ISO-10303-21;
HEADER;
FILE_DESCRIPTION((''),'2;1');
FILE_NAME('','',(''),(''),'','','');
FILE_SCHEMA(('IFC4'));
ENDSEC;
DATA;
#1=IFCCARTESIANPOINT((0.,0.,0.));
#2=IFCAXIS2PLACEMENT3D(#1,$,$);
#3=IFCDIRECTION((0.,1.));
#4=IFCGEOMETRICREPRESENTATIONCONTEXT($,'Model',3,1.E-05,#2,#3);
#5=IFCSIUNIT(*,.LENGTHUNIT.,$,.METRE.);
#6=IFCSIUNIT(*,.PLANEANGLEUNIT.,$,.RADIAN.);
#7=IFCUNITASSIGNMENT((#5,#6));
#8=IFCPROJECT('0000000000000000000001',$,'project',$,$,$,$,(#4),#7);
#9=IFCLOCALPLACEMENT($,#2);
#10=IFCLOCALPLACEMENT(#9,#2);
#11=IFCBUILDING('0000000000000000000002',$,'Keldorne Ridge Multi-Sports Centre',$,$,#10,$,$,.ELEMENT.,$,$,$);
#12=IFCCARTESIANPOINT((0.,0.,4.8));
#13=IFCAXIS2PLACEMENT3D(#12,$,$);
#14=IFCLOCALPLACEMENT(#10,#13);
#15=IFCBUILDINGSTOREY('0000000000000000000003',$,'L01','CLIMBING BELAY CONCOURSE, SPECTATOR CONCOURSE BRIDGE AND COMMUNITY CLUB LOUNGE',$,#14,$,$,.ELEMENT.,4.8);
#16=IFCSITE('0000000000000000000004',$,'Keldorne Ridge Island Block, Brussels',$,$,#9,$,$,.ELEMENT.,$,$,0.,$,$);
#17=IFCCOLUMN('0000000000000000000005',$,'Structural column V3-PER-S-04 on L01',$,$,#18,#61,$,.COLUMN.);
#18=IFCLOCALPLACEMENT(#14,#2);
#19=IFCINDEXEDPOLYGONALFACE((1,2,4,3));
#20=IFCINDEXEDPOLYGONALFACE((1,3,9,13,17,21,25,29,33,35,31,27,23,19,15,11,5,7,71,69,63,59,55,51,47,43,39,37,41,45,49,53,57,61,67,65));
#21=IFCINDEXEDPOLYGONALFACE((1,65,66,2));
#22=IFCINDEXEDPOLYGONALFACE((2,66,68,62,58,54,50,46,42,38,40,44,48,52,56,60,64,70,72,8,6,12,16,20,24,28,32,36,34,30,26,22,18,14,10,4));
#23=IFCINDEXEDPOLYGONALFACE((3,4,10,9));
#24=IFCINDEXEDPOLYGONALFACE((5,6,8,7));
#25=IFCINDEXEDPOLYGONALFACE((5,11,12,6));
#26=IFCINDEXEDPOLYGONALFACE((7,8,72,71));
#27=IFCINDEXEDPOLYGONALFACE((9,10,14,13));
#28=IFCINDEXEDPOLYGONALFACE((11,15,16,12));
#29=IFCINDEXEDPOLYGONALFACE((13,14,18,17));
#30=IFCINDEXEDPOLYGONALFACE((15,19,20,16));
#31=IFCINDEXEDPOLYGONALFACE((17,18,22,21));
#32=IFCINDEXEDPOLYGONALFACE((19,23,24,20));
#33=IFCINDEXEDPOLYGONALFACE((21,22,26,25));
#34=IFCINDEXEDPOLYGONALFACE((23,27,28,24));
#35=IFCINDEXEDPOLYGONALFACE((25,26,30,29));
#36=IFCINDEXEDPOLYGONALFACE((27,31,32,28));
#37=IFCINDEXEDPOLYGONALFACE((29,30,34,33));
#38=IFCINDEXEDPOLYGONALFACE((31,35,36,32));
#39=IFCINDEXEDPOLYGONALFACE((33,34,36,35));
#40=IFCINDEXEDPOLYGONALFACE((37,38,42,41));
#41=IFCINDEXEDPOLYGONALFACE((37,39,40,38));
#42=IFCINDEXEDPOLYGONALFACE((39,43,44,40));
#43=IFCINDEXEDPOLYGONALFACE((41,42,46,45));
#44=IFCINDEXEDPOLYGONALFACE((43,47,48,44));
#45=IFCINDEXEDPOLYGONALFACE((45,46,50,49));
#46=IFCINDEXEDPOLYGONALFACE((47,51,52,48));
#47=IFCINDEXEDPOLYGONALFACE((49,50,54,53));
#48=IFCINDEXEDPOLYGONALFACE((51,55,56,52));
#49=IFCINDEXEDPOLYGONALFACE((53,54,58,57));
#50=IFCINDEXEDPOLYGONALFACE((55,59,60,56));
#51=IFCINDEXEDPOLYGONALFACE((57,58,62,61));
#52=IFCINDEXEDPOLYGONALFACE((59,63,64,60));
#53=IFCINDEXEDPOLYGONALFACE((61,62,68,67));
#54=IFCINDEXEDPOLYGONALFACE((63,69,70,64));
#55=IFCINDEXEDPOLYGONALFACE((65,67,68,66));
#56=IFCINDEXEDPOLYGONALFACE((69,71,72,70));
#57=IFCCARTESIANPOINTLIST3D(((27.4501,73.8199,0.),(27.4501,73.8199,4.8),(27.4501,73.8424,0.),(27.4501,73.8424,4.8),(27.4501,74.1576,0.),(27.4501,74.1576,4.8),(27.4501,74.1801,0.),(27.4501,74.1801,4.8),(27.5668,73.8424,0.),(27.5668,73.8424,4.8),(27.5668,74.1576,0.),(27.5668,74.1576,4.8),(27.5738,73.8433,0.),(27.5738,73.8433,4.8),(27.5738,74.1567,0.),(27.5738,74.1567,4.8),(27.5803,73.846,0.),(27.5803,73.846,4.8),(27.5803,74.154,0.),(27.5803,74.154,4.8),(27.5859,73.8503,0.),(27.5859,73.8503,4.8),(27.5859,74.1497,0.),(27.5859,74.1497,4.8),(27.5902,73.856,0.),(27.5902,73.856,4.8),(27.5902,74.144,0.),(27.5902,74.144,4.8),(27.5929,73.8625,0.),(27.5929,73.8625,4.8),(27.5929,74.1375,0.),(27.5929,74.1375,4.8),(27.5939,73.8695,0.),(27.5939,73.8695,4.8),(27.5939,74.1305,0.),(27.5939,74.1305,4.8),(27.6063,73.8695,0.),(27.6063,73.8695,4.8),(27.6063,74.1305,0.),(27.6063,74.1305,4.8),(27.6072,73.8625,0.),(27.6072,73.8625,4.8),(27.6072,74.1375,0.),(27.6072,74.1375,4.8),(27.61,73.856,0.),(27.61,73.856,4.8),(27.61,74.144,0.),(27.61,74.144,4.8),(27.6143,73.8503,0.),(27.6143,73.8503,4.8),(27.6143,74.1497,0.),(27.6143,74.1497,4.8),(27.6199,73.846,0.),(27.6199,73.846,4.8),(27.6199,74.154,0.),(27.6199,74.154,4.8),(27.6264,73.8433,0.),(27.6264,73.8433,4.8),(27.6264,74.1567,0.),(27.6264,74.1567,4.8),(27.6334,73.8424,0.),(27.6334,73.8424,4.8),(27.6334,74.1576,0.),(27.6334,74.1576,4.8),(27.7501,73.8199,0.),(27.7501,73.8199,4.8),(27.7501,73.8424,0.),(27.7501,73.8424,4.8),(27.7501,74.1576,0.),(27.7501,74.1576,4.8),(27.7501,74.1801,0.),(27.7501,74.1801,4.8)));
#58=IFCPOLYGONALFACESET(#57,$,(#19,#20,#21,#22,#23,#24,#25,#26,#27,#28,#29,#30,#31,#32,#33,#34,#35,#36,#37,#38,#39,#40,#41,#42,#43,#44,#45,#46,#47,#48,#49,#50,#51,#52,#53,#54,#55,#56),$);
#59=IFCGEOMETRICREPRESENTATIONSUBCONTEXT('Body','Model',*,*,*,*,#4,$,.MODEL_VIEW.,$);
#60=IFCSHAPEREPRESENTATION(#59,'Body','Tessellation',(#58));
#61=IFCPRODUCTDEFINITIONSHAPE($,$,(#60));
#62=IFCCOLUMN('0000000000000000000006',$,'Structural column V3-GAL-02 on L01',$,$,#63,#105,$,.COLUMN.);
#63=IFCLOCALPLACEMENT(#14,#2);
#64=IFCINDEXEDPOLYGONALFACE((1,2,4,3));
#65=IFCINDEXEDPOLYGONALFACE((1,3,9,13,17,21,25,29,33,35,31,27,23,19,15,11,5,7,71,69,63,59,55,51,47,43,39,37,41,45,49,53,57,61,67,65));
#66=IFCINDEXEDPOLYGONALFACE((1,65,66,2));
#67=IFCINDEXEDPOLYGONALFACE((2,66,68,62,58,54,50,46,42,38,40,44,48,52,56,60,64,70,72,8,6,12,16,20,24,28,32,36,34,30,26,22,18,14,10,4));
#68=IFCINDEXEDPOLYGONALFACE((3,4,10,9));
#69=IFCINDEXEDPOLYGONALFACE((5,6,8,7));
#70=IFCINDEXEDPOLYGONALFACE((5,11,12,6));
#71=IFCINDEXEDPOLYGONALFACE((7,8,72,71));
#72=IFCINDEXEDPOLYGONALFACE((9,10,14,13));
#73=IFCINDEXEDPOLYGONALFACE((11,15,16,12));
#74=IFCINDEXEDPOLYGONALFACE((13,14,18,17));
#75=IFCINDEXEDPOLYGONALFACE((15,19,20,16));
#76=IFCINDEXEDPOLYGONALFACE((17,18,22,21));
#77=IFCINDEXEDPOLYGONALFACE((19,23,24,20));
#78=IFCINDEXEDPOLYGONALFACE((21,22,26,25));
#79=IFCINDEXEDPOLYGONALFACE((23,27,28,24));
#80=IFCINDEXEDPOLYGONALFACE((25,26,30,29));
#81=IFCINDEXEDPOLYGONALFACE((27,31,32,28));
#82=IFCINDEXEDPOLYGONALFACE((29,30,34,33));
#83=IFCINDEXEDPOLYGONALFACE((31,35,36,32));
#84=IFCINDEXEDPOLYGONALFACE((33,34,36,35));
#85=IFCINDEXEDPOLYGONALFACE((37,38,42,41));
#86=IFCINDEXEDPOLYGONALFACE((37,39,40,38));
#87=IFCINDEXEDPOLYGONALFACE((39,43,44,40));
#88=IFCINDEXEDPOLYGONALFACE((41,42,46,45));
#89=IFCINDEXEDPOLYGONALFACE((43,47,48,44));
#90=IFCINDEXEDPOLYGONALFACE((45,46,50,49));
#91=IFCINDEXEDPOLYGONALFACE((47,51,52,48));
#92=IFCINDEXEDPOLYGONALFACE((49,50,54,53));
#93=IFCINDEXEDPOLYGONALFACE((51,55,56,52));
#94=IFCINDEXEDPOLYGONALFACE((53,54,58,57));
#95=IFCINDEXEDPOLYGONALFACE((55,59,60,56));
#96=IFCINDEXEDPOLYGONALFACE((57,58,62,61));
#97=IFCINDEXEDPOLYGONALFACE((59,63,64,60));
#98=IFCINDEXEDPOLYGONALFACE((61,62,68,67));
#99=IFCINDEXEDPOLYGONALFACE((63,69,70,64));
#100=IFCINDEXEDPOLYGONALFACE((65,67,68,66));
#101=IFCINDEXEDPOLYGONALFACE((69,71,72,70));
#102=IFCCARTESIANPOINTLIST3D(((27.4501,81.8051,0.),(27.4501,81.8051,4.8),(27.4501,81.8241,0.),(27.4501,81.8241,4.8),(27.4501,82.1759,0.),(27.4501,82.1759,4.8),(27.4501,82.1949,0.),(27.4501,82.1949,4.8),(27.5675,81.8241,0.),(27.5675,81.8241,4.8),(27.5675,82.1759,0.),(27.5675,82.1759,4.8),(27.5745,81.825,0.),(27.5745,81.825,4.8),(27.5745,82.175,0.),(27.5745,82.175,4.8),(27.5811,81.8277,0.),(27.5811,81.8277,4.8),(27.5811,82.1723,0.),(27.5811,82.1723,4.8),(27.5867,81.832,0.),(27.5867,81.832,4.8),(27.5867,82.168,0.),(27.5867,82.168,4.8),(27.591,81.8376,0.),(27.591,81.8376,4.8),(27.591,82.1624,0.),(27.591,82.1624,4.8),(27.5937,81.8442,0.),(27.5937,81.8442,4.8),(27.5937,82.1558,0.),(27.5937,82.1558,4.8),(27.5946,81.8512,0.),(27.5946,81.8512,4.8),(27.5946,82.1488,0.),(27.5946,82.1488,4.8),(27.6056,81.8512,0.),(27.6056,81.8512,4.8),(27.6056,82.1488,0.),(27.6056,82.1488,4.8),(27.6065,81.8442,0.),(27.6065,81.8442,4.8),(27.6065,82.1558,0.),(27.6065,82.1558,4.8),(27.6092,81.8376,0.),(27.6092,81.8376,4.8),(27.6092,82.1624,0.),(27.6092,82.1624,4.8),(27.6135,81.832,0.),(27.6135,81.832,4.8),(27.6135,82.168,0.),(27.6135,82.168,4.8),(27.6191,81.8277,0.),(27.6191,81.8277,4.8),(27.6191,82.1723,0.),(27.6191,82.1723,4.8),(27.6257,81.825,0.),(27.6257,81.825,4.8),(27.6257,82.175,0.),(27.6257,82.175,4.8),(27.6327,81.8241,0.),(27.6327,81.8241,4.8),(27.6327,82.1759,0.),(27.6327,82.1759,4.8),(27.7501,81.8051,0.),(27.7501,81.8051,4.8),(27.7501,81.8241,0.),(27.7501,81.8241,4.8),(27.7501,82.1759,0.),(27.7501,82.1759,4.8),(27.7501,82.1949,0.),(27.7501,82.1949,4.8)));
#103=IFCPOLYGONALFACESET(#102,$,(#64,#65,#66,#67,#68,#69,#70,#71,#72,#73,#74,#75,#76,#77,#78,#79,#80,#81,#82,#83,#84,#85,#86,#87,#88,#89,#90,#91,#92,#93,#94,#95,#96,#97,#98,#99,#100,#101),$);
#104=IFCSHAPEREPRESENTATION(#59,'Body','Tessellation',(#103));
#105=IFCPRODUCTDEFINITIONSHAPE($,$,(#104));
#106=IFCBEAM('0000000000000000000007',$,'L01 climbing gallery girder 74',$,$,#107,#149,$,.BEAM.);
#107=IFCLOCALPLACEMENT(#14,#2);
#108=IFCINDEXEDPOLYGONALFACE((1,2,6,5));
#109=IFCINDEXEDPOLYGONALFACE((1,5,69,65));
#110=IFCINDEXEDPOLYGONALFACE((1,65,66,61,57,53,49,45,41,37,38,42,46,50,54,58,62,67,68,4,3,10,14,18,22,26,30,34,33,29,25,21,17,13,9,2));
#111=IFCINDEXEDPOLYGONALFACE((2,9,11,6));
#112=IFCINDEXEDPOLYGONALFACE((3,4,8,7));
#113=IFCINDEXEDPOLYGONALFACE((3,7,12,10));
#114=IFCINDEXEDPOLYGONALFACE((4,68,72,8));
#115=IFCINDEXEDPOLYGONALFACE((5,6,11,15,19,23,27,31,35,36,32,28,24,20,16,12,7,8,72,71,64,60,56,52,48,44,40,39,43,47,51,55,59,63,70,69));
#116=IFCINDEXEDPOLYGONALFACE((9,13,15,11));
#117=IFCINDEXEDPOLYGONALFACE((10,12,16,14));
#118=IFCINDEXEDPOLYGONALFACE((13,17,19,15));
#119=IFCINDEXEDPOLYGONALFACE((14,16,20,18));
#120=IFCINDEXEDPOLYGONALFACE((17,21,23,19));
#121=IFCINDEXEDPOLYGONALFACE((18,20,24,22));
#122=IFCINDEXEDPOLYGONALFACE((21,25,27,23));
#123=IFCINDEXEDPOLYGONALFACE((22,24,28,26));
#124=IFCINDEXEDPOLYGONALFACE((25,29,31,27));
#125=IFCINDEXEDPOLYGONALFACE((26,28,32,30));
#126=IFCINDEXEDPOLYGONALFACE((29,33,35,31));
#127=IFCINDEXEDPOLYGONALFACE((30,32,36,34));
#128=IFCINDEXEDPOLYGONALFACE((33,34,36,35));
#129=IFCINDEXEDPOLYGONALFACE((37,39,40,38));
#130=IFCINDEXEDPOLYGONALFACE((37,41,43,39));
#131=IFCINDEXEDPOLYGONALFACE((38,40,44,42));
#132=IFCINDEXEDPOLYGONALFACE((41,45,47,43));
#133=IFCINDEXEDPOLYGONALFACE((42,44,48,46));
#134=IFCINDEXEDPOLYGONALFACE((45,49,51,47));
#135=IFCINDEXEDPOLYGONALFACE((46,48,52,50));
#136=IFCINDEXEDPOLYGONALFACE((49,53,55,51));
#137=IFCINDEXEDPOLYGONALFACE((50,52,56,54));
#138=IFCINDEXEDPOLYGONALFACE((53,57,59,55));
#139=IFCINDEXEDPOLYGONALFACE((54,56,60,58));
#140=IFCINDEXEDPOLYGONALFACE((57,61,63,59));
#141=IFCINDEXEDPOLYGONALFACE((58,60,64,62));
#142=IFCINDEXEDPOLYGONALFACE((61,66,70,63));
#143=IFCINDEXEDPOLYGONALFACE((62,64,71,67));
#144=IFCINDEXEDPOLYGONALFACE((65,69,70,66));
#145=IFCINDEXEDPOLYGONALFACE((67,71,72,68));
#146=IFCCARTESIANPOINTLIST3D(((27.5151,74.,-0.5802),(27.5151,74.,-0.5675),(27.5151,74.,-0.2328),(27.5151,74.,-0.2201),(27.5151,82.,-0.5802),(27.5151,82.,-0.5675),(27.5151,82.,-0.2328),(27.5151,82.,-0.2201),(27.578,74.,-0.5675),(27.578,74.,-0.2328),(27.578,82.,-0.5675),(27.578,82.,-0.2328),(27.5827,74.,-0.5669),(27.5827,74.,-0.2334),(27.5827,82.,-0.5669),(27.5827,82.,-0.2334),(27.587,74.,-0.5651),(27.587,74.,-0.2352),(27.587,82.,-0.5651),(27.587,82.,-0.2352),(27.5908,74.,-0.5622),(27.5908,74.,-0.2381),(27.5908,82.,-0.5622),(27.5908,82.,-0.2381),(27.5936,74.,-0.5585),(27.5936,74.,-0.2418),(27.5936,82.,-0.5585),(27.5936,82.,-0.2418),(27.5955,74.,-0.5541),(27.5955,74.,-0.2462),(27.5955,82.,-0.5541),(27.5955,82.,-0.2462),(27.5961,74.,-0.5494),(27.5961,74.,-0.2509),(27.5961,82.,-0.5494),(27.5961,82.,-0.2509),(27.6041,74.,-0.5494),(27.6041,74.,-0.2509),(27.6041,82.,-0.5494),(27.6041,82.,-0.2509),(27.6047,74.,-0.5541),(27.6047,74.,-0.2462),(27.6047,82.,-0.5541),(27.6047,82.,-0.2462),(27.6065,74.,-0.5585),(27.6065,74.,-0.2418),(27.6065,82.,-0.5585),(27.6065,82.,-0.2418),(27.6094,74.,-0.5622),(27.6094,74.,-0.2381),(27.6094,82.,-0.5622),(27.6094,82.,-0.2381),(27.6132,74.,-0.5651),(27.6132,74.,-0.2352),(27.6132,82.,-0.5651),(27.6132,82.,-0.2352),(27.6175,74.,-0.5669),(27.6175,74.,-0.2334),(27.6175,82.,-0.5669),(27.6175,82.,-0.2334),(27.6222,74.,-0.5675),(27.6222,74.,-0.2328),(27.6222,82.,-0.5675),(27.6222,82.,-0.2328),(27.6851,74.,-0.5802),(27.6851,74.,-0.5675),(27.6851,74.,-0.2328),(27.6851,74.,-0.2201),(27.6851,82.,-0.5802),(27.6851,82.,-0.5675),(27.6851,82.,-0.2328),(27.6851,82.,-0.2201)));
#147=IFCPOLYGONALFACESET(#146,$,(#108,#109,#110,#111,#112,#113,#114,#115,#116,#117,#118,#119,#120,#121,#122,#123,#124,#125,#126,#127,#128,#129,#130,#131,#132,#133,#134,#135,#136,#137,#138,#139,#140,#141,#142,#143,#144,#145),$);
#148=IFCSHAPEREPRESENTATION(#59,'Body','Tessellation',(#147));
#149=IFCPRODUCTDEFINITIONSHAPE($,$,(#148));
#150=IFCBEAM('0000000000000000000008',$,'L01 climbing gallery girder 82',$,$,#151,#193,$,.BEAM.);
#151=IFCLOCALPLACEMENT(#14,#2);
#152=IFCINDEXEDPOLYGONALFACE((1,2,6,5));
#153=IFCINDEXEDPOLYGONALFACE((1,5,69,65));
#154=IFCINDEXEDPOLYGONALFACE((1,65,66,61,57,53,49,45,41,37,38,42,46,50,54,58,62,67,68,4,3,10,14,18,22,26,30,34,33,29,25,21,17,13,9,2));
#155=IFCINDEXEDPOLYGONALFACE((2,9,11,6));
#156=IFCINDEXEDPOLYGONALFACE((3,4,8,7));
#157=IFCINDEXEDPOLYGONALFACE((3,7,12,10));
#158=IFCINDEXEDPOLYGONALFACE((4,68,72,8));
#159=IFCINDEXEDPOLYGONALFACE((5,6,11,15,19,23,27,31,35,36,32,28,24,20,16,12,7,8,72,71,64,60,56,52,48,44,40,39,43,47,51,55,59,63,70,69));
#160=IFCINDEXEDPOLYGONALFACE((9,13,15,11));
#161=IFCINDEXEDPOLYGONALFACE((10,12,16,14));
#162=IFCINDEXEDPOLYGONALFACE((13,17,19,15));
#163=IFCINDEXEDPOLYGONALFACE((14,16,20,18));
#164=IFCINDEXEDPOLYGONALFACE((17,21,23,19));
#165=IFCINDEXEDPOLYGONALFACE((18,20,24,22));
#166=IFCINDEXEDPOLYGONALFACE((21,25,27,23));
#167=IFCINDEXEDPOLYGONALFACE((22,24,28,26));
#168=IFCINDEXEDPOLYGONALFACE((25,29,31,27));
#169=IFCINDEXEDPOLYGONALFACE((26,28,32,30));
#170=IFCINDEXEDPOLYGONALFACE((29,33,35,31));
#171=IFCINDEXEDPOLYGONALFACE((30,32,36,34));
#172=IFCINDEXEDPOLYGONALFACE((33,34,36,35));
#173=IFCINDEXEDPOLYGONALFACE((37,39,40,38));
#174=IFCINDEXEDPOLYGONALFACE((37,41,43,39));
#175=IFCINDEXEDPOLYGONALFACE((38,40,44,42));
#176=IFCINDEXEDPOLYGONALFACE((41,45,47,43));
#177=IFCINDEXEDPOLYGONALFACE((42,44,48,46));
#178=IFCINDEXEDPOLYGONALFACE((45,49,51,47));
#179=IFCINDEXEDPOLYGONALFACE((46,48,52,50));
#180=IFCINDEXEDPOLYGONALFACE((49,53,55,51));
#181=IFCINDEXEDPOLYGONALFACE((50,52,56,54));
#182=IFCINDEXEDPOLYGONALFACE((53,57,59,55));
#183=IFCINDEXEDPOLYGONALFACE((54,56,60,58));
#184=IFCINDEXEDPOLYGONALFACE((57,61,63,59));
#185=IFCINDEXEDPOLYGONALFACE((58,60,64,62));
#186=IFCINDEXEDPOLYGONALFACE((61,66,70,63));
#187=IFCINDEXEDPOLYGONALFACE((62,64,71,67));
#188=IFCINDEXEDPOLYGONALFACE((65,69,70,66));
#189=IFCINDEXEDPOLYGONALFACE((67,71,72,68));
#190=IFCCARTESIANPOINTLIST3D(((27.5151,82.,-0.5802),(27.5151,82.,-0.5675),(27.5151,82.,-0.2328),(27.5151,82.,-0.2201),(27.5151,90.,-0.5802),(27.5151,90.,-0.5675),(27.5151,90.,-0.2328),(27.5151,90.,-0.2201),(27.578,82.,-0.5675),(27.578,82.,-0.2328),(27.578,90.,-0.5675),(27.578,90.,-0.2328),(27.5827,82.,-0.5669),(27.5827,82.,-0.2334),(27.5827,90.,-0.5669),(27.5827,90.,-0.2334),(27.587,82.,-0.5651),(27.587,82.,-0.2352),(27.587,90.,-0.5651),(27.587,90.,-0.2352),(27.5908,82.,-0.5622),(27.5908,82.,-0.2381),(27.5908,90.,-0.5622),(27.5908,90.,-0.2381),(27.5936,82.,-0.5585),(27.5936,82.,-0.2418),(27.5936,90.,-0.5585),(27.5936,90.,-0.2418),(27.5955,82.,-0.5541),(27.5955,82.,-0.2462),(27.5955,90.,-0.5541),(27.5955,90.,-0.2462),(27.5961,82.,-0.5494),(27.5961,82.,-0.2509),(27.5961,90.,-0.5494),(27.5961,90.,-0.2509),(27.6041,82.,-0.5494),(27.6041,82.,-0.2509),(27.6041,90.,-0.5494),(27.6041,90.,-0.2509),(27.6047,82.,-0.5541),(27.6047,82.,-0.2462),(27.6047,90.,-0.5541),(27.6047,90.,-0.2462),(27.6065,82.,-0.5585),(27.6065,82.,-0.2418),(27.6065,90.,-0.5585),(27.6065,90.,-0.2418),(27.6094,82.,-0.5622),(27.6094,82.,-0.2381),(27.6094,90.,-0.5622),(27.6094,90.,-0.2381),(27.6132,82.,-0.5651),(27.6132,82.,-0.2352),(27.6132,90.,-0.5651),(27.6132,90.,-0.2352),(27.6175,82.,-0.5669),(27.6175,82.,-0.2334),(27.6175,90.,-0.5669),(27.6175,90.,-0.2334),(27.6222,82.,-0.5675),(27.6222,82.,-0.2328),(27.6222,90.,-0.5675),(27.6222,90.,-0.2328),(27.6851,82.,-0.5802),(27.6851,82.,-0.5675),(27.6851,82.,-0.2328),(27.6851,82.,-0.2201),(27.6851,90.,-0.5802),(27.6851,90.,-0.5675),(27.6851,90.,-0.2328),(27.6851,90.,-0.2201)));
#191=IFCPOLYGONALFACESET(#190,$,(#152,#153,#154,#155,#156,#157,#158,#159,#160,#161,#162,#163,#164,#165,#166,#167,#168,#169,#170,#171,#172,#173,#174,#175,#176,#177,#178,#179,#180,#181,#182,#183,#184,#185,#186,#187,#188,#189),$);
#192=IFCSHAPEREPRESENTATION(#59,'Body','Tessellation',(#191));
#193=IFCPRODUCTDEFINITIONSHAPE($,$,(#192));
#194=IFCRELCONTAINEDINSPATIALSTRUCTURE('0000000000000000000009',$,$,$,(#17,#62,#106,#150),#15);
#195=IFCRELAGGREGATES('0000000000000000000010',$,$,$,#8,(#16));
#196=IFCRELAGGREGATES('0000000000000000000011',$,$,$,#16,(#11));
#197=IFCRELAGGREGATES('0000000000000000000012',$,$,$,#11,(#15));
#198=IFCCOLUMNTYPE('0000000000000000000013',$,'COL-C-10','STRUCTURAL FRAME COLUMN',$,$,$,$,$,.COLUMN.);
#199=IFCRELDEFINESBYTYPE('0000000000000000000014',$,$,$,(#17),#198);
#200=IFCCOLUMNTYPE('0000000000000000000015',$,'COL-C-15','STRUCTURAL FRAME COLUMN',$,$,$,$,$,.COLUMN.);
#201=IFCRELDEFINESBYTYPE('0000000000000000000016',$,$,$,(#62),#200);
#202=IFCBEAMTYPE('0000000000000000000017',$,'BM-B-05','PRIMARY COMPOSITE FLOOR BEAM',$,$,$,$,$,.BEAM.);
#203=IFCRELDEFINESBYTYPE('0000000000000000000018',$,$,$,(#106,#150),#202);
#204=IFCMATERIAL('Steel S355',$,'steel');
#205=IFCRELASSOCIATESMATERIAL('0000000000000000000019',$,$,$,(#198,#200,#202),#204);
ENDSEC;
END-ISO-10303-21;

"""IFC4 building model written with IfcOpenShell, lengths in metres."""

from ifc_helpers import new_model, si_unit, direction, frame, origin, origin_2d, place, context, subcontext, project, spatial, i_section, extrude, material, material_profile, profile_set, type_object, element, save


model = new_model("IFC4")

# Units and contexts
model_context = context("Model", 3, precision=1e-05, world=origin(), true_north=direction((0.0, 1.0)))
body_context = subcontext(model_context, "Body", "Model", "MODEL_VIEW")
ifc_project = project(units=[si_unit("LENGTHUNIT", "METRE"), si_unit("PLANEANGLEUNIT", "RADIAN")], contexts=[model_context])

# Site, building, storey
site_placement = place(None, origin())
site = spatial("IfcSite", under=ifc_project, at=site_placement, Name="Keldorne Ridge Island Block, Brussels", CompositionType="ELEMENT", RefElevation=0.0)
building_placement = place(site_placement, origin())
building = spatial("IfcBuilding", under=site, at=building_placement, Name="Keldorne Ridge Multi-Sports Centre", CompositionType="ELEMENT")
storey_placement = place(building_placement, frame((0.0, 0.0, 4.8)))
storey = spatial("IfcBuildingStorey", under=building, at=storey_placement, Name="L01", Description="CLIMBING BELAY CONCOURSE, SPECTATOR CONCOURSE BRIDGE AND COMMUNITY CLUB LOUNGE", CompositionType="ELEMENT", Elevation=4.8)

# Columns
ifc_material_1 = material(Name="Steel S355", Category="steel")
ifc_material_profile_1 = material_profile(ifc_material_1, i_section(OverallWidth=0.3, OverallDepth=0.3601, WebThickness=0.0125, FlangeThickness=0.0225, FilletRadius=0.0271, at=origin_2d()), Name="HEB 360")
ifc_profile_set_1 = profile_set([ifc_material_profile_1], Name="Steel S355")
column_type_1 = type_object("IfcColumnType", Name="COL-C-10", Description="STRUCTURAL FRAME COLUMN", PredefinedType="COLUMN", material=ifc_profile_set_1)
column_1_placement = place(storey_placement, frame((27.6001, 74.0, 0.0), z_axis=(0.0, 0.0, 1.0), x_axis=(1.0, 0.0, 0.0)))
element("IfcColumn", 1, at=column_1_placement, inside=storey, type_object=column_type_1, Name="Structural column V3-PER-S-04 on L01", PredefinedType="COLUMN", context=body_context, shape_type="SweptSolid", body=[
    extrude(i_section(OverallWidth=0.3, OverallDepth=0.3601, WebThickness=0.0125, FlangeThickness=0.0225, FilletRadius=0.0271, at=origin_2d()), origin(), (0.0, 0.0, 1.0), 4.8),
])
ifc_material_profile_2 = material_profile(ifc_material_1, i_section(OverallWidth=0.3, OverallDepth=0.3899, WebThickness=0.011, FlangeThickness=0.019, FilletRadius=0.0271, at=origin_2d()), Name="HEA 400")
ifc_profile_set_2 = profile_set([ifc_material_profile_2], Name="Steel S355")
column_type_2 = type_object("IfcColumnType", Name="COL-C-15", Description="STRUCTURAL FRAME COLUMN", PredefinedType="COLUMN", material=ifc_profile_set_2)
column_2_placement = place(storey_placement, frame((27.6001, 82.0, 0.0), z_axis=(0.0, 0.0, 1.0), x_axis=(1.0, 0.0, 0.0)))
element("IfcColumn", 2, at=column_2_placement, inside=storey, type_object=column_type_2, Name="Structural column V3-GAL-02 on L01", PredefinedType="COLUMN", context=body_context, shape_type="SweptSolid", body=[
    extrude(i_section(OverallWidth=0.3, OverallDepth=0.3899, WebThickness=0.011, FlangeThickness=0.019, FilletRadius=0.0271, at=origin_2d()), origin(), (0.0, 0.0, 1.0), 4.8),
])

# Beams
ifc_material_profile_3 = material_profile(ifc_material_1, i_section(OverallWidth=0.1699, OverallDepth=0.3601, WebThickness=0.0081, FlangeThickness=0.0127, FilletRadius=0.0181, at=origin_2d()), Name="IPE 360")
ifc_profile_set_3 = profile_set([ifc_material_profile_3], Name="Steel S355")
beam_type_1 = type_object("IfcBeamType", Name="BM-B-05", Description="PRIMARY COMPOSITE FLOOR BEAM", PredefinedType="BEAM", material=ifc_profile_set_3)
for number, where, z_axis, x_axis, name in (
    (3, (27.6001, 74.0, -0.4001), (0.0, 1.0, 0.0), (-1.0, 0.0, 0.0), "L01 climbing gallery girder 74"),
    (4, (27.6001, 82.0, -0.4001), (0.0, 1.0, 0.0), (-1.0, 0.0, 0.0), "L01 climbing gallery girder 82"),
):
    element("IfcBeam", number, at=place(storey_placement, frame(where, z_axis=z_axis, x_axis=x_axis)), inside=storey, type_object=beam_type_1, Name=name, PredefinedType="BEAM", context=body_context, shape_type="SweptSolid", body=[
        extrude(i_section(OverallWidth=0.1699, OverallDepth=0.3601, WebThickness=0.0081, FlangeThickness=0.0127, FilletRadius=0.0181, at=origin_2d()), origin(), (0.0, 0.0, 1.0), 8.0),
    ])

save(model, "model.ifc")
